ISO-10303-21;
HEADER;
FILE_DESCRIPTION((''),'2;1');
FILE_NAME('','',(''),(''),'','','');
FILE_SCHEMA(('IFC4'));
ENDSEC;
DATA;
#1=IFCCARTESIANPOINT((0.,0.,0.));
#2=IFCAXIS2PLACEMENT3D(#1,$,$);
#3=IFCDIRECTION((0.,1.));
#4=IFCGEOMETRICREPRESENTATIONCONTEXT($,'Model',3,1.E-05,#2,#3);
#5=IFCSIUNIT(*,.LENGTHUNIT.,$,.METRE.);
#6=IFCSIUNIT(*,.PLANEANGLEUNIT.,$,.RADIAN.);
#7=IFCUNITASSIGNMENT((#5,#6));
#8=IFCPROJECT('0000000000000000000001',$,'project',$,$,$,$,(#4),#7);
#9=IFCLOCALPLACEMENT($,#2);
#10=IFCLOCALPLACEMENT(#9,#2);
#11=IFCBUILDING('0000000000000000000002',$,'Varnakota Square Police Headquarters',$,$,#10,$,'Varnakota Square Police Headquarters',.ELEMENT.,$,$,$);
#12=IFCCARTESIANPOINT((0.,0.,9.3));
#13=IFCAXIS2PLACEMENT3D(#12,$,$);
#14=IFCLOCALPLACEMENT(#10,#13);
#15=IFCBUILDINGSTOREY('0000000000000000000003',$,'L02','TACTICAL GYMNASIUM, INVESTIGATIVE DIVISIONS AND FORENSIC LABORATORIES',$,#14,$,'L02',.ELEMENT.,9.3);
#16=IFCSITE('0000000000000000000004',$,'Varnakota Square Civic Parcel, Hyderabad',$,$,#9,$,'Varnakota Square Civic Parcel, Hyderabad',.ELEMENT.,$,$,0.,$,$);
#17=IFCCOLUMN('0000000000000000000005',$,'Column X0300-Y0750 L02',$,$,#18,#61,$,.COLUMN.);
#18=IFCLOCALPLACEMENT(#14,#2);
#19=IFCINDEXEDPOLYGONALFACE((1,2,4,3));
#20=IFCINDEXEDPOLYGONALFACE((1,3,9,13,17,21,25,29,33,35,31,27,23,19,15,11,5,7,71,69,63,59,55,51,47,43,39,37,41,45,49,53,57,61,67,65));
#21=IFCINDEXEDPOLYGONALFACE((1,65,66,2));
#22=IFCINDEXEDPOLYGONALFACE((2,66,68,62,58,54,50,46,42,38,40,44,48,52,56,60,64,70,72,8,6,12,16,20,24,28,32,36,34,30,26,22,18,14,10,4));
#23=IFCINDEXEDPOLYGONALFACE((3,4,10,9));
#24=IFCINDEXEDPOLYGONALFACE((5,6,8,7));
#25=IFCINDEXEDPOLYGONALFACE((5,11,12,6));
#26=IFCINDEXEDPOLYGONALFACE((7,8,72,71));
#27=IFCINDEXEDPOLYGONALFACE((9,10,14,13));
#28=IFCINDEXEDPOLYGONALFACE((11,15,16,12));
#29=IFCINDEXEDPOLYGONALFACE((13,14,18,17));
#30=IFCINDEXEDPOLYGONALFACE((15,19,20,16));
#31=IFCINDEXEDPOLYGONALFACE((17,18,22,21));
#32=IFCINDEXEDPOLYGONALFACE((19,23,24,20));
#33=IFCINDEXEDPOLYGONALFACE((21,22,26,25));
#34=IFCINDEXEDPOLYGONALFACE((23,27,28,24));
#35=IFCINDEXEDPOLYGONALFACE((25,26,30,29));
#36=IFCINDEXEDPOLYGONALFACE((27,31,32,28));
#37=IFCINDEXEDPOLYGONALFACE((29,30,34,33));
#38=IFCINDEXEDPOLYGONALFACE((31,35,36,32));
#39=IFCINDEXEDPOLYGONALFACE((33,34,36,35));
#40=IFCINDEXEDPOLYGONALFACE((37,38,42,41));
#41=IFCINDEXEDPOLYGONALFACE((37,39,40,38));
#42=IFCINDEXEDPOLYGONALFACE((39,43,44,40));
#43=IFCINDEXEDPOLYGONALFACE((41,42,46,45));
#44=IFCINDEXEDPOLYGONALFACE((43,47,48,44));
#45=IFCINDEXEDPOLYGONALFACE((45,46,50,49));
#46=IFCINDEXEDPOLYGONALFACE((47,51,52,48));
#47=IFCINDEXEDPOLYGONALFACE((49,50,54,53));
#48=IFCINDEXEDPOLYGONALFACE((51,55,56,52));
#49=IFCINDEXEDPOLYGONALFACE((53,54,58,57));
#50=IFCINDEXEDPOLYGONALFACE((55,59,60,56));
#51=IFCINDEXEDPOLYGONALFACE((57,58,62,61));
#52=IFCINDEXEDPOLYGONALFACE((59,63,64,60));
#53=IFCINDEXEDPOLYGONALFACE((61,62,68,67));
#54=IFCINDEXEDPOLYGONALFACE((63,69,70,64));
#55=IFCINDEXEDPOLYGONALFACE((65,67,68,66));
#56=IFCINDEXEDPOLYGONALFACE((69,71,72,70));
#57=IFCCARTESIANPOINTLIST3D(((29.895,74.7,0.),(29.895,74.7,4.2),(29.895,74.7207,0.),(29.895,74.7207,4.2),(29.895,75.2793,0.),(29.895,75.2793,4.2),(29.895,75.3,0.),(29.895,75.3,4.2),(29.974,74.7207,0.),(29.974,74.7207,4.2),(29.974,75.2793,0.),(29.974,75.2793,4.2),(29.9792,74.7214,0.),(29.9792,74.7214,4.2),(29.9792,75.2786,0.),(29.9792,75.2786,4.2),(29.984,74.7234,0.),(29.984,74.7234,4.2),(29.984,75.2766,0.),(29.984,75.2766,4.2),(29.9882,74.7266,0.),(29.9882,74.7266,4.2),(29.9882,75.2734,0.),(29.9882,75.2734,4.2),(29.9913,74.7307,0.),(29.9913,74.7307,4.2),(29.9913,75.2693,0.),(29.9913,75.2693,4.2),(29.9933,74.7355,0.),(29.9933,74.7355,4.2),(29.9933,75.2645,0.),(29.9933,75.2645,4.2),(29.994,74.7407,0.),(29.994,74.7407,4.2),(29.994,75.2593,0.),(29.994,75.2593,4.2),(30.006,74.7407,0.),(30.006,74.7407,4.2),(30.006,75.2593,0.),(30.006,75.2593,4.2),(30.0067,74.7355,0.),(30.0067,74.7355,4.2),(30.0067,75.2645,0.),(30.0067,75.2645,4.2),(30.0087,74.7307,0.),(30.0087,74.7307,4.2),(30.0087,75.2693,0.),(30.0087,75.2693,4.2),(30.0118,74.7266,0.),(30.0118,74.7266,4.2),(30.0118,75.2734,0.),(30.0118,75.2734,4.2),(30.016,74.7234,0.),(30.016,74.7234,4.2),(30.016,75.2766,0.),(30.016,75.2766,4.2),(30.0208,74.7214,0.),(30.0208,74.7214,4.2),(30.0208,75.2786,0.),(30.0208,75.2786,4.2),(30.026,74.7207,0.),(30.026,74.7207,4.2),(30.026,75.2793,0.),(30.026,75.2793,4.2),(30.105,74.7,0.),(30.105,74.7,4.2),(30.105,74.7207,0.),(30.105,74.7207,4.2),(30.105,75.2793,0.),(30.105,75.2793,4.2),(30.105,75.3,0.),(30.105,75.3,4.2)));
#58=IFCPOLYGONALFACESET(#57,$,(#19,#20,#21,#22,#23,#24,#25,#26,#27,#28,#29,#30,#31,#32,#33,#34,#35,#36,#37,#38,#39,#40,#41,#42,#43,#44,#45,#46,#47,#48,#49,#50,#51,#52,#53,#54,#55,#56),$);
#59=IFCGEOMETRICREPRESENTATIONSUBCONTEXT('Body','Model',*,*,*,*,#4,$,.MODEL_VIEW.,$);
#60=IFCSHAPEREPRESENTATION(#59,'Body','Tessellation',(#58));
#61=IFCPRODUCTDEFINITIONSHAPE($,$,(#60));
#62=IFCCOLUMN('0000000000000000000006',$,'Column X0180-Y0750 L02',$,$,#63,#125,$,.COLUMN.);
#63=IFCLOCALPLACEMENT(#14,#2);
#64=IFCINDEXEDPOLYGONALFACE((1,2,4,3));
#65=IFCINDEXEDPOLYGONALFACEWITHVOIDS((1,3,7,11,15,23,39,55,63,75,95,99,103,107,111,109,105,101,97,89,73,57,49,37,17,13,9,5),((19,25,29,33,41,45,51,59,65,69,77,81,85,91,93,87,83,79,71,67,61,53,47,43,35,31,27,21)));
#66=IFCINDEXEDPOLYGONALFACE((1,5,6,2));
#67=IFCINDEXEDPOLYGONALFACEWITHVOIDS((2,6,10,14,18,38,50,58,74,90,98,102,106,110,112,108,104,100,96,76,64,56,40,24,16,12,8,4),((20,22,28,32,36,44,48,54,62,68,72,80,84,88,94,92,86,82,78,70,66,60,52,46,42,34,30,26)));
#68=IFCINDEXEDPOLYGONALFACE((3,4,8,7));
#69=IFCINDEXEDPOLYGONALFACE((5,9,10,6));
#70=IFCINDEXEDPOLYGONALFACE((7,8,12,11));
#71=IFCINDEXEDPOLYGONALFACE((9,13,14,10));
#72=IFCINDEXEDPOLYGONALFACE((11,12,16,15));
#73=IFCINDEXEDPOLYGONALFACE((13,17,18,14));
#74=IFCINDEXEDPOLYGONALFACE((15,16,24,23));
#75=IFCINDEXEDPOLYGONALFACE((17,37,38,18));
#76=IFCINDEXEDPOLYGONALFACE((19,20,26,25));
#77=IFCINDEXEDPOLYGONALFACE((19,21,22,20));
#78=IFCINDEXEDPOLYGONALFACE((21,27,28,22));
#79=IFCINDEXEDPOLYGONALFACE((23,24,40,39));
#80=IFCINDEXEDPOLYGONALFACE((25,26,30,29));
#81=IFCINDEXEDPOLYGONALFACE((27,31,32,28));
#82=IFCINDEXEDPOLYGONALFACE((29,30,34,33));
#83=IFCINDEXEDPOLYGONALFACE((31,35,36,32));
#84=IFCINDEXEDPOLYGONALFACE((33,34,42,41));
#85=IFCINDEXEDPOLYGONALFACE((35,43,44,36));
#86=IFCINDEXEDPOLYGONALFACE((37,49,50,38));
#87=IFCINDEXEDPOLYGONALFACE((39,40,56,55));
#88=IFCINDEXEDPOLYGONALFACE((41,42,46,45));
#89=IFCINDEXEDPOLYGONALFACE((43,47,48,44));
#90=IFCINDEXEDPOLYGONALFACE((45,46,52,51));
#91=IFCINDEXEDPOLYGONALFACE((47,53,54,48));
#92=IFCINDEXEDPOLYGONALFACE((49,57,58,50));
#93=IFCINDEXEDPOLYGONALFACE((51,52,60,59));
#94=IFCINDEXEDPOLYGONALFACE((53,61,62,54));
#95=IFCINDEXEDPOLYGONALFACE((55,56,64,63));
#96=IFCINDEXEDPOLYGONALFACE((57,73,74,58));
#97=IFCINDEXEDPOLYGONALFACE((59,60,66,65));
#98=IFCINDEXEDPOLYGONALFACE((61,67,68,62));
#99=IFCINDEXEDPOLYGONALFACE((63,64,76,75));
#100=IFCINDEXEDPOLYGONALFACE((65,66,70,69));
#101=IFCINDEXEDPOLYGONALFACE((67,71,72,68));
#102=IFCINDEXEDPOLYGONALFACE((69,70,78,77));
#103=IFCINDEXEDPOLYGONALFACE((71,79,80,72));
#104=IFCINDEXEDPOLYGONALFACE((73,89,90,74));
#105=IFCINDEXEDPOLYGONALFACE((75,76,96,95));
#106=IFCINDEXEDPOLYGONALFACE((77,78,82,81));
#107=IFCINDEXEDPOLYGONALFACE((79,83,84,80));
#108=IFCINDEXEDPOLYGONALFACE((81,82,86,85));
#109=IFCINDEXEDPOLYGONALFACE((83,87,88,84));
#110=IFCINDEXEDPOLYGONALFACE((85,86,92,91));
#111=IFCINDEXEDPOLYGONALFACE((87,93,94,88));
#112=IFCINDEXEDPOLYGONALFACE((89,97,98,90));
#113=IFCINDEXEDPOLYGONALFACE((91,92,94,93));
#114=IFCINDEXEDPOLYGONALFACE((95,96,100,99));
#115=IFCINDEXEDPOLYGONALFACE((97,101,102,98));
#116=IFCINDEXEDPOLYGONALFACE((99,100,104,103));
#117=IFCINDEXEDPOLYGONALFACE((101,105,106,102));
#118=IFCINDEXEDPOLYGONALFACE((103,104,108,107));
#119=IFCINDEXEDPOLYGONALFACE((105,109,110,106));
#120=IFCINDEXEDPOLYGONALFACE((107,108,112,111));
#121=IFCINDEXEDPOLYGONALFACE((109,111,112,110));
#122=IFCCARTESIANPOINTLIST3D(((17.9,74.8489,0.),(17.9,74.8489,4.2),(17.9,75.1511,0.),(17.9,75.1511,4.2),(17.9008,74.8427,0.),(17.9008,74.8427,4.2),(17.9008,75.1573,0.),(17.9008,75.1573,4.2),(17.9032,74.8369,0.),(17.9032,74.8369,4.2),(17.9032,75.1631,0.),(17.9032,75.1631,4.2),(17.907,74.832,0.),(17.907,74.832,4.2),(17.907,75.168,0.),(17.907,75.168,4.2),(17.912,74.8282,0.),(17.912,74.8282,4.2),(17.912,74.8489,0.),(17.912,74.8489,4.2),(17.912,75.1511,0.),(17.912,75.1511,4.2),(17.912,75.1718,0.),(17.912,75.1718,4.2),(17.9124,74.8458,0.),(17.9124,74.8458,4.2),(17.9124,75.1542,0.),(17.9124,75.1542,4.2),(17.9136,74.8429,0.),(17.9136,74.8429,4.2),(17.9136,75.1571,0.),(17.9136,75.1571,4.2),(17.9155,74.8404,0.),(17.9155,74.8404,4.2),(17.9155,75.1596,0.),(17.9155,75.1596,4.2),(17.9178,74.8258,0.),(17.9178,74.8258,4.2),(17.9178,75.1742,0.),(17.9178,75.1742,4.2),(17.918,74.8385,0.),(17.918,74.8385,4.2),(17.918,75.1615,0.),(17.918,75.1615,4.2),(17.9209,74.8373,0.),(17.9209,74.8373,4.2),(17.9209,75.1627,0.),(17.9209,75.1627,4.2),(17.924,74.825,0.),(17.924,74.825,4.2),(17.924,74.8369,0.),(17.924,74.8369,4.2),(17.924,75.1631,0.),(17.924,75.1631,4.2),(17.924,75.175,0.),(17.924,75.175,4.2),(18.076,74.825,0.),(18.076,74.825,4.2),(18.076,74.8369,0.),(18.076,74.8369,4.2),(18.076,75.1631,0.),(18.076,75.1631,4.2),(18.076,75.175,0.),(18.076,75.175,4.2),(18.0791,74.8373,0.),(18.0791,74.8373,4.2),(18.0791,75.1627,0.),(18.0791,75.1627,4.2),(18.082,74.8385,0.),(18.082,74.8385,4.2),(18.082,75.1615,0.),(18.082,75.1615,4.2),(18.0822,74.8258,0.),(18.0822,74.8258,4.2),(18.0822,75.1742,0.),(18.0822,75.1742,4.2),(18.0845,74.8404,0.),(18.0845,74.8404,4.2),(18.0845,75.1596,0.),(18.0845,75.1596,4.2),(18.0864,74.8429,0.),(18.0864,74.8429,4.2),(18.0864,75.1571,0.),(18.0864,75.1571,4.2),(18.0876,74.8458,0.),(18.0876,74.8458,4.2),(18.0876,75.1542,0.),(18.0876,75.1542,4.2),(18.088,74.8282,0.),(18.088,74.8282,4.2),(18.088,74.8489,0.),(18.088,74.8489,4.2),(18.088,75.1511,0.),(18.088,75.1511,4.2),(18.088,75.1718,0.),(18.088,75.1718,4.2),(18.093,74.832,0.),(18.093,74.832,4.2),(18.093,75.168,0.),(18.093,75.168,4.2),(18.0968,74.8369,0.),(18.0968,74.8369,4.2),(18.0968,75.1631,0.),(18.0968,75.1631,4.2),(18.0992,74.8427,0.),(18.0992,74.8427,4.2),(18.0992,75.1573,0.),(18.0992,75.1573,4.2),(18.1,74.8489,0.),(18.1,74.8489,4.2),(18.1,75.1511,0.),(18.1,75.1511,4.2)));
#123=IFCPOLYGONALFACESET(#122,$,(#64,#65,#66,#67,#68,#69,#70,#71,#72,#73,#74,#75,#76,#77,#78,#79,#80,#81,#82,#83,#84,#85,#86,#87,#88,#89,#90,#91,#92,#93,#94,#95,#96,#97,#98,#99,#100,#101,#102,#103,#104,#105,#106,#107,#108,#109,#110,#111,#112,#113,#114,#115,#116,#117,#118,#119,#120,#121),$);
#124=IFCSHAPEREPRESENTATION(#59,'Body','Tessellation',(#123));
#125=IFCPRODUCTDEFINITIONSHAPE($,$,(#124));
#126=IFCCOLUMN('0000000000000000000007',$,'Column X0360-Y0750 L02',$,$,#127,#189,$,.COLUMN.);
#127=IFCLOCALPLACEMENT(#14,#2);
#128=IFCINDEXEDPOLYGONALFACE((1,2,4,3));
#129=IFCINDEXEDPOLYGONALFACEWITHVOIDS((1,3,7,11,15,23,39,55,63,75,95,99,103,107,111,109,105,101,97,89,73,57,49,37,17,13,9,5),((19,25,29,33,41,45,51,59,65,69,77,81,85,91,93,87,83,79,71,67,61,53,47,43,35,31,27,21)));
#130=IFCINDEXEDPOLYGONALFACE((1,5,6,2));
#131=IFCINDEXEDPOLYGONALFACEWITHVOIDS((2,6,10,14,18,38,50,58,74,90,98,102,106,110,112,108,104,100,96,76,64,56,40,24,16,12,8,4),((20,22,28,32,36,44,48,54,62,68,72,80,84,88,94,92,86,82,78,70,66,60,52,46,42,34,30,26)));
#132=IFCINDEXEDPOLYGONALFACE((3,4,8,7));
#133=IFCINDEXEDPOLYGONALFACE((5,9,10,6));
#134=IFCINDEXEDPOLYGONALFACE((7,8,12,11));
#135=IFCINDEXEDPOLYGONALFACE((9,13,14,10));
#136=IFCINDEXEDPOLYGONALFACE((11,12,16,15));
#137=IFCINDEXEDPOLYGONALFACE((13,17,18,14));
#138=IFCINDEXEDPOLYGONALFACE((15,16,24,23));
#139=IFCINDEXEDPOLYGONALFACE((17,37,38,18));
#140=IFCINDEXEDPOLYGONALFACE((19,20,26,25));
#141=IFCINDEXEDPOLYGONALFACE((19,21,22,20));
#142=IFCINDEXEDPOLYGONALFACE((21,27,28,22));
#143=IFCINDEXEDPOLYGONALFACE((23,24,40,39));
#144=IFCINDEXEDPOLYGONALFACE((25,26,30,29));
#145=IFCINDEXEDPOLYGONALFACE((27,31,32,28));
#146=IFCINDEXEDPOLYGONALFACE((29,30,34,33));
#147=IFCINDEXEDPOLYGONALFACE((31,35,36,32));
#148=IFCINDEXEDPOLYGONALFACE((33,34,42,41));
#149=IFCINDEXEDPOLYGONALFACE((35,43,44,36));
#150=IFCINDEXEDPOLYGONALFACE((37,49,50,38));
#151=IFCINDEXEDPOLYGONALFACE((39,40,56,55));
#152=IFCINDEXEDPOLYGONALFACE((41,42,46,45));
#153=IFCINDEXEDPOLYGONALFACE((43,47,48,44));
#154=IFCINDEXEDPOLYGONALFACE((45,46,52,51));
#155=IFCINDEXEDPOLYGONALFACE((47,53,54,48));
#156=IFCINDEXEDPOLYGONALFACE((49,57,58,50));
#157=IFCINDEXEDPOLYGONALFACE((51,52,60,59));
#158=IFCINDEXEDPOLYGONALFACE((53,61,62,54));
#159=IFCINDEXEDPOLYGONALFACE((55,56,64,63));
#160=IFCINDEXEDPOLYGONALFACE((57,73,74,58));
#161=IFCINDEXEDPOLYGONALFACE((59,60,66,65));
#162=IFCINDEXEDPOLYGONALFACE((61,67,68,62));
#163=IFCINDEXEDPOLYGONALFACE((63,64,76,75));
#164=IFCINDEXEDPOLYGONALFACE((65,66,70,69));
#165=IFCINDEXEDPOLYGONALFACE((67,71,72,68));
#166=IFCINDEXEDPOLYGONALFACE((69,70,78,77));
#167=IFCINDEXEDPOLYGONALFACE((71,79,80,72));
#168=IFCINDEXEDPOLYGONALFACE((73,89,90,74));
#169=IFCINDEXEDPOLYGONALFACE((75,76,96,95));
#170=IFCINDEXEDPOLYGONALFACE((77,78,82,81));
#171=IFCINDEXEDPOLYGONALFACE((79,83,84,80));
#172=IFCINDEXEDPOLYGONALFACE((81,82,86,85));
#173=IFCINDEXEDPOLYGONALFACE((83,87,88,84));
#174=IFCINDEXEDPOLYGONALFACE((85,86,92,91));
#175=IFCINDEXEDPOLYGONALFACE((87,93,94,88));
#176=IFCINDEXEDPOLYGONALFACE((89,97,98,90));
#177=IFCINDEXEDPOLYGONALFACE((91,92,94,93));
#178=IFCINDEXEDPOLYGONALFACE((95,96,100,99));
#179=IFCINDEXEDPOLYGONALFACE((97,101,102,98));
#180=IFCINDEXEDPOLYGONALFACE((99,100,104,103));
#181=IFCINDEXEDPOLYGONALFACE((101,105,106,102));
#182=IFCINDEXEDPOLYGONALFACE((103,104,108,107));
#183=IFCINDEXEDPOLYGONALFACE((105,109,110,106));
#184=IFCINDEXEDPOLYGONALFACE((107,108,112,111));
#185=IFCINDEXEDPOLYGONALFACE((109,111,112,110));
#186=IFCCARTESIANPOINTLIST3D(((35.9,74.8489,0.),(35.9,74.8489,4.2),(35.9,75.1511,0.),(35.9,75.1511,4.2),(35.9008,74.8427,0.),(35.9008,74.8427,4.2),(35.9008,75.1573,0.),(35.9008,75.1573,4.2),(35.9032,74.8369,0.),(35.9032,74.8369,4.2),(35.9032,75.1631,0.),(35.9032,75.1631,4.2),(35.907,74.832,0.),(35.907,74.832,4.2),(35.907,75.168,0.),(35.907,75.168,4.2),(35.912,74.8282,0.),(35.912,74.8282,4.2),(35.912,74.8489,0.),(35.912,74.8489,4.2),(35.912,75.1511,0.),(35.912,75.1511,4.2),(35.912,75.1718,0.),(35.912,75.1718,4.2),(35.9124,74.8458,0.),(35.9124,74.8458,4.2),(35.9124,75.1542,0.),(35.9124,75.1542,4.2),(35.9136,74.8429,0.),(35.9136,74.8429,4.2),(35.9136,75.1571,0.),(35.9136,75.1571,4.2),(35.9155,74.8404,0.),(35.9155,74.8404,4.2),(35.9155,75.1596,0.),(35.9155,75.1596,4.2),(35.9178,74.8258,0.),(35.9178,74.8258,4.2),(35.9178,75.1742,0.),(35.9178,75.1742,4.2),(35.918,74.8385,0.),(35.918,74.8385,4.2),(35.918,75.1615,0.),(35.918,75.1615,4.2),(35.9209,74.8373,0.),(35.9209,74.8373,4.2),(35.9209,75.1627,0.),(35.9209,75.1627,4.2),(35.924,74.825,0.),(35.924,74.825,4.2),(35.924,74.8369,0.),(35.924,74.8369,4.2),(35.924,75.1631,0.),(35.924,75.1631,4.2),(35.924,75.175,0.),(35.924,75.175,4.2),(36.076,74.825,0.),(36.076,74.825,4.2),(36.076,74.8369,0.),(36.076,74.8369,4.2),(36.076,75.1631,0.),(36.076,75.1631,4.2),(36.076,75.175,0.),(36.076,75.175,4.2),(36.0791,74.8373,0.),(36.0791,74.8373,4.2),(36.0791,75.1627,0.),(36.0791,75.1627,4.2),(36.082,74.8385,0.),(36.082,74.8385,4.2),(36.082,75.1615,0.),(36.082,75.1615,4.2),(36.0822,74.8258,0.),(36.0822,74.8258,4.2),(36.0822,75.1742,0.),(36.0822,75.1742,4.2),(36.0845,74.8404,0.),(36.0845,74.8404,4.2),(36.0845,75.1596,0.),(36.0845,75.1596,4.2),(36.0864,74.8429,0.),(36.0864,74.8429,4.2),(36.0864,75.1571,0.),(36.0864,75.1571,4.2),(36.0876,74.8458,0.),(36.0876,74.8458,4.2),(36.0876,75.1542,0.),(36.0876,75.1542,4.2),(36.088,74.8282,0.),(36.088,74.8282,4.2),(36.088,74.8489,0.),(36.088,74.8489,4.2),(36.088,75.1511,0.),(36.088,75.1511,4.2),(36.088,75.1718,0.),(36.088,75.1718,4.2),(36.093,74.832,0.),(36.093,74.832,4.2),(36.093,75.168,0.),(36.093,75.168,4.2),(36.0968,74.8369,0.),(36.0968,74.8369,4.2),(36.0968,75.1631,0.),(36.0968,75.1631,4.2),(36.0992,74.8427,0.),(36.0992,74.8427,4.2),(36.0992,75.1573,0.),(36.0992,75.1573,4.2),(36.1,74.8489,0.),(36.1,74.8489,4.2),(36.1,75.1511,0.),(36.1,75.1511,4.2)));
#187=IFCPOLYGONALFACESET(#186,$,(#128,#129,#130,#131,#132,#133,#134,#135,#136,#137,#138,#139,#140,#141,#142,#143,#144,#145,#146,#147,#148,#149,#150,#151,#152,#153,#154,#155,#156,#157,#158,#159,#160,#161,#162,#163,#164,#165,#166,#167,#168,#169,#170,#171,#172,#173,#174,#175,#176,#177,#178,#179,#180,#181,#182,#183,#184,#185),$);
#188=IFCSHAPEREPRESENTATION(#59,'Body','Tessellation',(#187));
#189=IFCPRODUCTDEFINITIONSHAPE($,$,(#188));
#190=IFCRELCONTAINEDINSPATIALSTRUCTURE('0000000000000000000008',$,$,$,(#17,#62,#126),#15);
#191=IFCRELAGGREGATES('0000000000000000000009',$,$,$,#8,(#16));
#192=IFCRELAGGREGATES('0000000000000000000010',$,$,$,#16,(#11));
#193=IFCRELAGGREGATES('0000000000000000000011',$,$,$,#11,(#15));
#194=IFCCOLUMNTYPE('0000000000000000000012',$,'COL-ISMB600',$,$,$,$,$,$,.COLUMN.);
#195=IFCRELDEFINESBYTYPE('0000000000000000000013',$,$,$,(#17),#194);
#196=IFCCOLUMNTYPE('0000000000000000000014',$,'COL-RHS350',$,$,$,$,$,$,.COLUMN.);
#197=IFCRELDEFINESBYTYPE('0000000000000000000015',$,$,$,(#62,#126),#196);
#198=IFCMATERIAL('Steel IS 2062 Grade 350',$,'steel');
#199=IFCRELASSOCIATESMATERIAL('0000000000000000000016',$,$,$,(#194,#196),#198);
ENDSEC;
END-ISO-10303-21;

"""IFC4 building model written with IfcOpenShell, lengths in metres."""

from ifc_helpers import new_model, si_unit, direction, frame, origin, origin_2d, place, context, subcontext, project, spatial, hollow_rectangle, i_section, extrude, material, material_profile, profile_set, type_object, element, save


model = new_model("IFC4")

# Units and contexts
model_context = context("Model", 3, precision=1e-05, world=origin(), true_north=direction((0.0, 1.0)))
body_context = subcontext(model_context, "Body", "Model", "MODEL_VIEW")
ifc_project = project(units=[si_unit("LENGTHUNIT", "METRE"), si_unit("PLANEANGLEUNIT", "RADIAN")], contexts=[model_context])

# Site, building, storey
site_placement = place(None, origin())
site = spatial("IfcSite", under=ifc_project, at=site_placement, Name="Varnakota Square Civic Parcel, Hyderabad", LongName="Varnakota Square Civic Parcel, Hyderabad", CompositionType="ELEMENT", RefElevation=0.0)
building_placement = place(site_placement, origin())
building = spatial("IfcBuilding", under=site, at=building_placement, Name="Varnakota Square Police Headquarters", LongName="Varnakota Square Police Headquarters", CompositionType="ELEMENT")
storey_placement = place(building_placement, frame((0.0, 0.0, 9.3)))
storey = spatial("IfcBuildingStorey", under=building, at=storey_placement, Name="L02", Description="TACTICAL GYMNASIUM, INVESTIGATIVE DIVISIONS AND FORENSIC LABORATORIES", LongName="L02", CompositionType="ELEMENT", Elevation=9.3)

# Columns
ifc_material_1 = material(Name="Steel IS 2062 Grade 350", Category="steel")
ifc_material_profile_1 = material_profile(ifc_material_1, i_section(OverallWidth=0.21, OverallDepth=0.6001, WebThickness=0.012, FlangeThickness=0.0208, FilletRadius=0.02, at=origin_2d()), Name="ISMB 600")
ifc_profile_set_1 = profile_set([ifc_material_profile_1], Name="Steel IS 2062 Grade 350")
column_type_1 = type_object("IfcColumnType", Name="COL-ISMB600", PredefinedType="COLUMN", material=ifc_profile_set_1)
column_placement = place(storey_placement, frame((30.0, 75.0, 0.0), z_axis=(0.0, 0.0, 1.0), x_axis=(1.0, 0.0, 0.0)))
element("IfcColumn", 1, at=column_placement, inside=storey, type_object=column_type_1, Name="Column X0300-Y0750 L02", PredefinedType="COLUMN", context=body_context, shape_type="SweptSolid", body=[
    extrude(i_section(OverallWidth=0.21, OverallDepth=0.6001, WebThickness=0.012, FlangeThickness=0.0208, FilletRadius=0.02, at=origin_2d()), origin(), (0.0, 0.0, 1.0), 4.2),
])
ifc_material_profile_2 = material_profile(ifc_material_1, hollow_rectangle(XDim=0.2, YDim=0.3501, WallThickness=0.012, InnerFilletRadius=0.012, OuterFilletRadius=0.0239, at=origin_2d()), Name="RHS 350x200x12")
ifc_profile_set_2 = profile_set([ifc_material_profile_2], Name="Steel IS 2062 Grade 350")
column_type_2 = type_object("IfcColumnType", Name="COL-RHS350", PredefinedType="COLUMN", material=ifc_profile_set_2)
for number, where, z_axis, x_axis, name in (
    (2, (18.0, 75.0, 0.0), (0.0, 0.0, 1.0), (1.0, 0.0, 0.0), "Column X0180-Y0750 L02"),
    (3, (36.0, 75.0, 0.0), (0.0, 0.0, 1.0), (1.0, 0.0, 0.0), "Column X0360-Y0750 L02"),
):
    element("IfcColumn", number, at=place(storey_placement, frame(where, z_axis=z_axis, x_axis=x_axis)), inside=storey, type_object=column_type_2, Name=name, PredefinedType="COLUMN", context=body_context, shape_type="SweptSolid", body=[
        extrude(hollow_rectangle(XDim=0.2, YDim=0.3501, WallThickness=0.012, InnerFilletRadius=0.012, OuterFilletRadius=0.0239, at=origin_2d()), origin(), (0.0, 0.0, 1.0), 4.2),
    ])

save(model, "model.ifc")
